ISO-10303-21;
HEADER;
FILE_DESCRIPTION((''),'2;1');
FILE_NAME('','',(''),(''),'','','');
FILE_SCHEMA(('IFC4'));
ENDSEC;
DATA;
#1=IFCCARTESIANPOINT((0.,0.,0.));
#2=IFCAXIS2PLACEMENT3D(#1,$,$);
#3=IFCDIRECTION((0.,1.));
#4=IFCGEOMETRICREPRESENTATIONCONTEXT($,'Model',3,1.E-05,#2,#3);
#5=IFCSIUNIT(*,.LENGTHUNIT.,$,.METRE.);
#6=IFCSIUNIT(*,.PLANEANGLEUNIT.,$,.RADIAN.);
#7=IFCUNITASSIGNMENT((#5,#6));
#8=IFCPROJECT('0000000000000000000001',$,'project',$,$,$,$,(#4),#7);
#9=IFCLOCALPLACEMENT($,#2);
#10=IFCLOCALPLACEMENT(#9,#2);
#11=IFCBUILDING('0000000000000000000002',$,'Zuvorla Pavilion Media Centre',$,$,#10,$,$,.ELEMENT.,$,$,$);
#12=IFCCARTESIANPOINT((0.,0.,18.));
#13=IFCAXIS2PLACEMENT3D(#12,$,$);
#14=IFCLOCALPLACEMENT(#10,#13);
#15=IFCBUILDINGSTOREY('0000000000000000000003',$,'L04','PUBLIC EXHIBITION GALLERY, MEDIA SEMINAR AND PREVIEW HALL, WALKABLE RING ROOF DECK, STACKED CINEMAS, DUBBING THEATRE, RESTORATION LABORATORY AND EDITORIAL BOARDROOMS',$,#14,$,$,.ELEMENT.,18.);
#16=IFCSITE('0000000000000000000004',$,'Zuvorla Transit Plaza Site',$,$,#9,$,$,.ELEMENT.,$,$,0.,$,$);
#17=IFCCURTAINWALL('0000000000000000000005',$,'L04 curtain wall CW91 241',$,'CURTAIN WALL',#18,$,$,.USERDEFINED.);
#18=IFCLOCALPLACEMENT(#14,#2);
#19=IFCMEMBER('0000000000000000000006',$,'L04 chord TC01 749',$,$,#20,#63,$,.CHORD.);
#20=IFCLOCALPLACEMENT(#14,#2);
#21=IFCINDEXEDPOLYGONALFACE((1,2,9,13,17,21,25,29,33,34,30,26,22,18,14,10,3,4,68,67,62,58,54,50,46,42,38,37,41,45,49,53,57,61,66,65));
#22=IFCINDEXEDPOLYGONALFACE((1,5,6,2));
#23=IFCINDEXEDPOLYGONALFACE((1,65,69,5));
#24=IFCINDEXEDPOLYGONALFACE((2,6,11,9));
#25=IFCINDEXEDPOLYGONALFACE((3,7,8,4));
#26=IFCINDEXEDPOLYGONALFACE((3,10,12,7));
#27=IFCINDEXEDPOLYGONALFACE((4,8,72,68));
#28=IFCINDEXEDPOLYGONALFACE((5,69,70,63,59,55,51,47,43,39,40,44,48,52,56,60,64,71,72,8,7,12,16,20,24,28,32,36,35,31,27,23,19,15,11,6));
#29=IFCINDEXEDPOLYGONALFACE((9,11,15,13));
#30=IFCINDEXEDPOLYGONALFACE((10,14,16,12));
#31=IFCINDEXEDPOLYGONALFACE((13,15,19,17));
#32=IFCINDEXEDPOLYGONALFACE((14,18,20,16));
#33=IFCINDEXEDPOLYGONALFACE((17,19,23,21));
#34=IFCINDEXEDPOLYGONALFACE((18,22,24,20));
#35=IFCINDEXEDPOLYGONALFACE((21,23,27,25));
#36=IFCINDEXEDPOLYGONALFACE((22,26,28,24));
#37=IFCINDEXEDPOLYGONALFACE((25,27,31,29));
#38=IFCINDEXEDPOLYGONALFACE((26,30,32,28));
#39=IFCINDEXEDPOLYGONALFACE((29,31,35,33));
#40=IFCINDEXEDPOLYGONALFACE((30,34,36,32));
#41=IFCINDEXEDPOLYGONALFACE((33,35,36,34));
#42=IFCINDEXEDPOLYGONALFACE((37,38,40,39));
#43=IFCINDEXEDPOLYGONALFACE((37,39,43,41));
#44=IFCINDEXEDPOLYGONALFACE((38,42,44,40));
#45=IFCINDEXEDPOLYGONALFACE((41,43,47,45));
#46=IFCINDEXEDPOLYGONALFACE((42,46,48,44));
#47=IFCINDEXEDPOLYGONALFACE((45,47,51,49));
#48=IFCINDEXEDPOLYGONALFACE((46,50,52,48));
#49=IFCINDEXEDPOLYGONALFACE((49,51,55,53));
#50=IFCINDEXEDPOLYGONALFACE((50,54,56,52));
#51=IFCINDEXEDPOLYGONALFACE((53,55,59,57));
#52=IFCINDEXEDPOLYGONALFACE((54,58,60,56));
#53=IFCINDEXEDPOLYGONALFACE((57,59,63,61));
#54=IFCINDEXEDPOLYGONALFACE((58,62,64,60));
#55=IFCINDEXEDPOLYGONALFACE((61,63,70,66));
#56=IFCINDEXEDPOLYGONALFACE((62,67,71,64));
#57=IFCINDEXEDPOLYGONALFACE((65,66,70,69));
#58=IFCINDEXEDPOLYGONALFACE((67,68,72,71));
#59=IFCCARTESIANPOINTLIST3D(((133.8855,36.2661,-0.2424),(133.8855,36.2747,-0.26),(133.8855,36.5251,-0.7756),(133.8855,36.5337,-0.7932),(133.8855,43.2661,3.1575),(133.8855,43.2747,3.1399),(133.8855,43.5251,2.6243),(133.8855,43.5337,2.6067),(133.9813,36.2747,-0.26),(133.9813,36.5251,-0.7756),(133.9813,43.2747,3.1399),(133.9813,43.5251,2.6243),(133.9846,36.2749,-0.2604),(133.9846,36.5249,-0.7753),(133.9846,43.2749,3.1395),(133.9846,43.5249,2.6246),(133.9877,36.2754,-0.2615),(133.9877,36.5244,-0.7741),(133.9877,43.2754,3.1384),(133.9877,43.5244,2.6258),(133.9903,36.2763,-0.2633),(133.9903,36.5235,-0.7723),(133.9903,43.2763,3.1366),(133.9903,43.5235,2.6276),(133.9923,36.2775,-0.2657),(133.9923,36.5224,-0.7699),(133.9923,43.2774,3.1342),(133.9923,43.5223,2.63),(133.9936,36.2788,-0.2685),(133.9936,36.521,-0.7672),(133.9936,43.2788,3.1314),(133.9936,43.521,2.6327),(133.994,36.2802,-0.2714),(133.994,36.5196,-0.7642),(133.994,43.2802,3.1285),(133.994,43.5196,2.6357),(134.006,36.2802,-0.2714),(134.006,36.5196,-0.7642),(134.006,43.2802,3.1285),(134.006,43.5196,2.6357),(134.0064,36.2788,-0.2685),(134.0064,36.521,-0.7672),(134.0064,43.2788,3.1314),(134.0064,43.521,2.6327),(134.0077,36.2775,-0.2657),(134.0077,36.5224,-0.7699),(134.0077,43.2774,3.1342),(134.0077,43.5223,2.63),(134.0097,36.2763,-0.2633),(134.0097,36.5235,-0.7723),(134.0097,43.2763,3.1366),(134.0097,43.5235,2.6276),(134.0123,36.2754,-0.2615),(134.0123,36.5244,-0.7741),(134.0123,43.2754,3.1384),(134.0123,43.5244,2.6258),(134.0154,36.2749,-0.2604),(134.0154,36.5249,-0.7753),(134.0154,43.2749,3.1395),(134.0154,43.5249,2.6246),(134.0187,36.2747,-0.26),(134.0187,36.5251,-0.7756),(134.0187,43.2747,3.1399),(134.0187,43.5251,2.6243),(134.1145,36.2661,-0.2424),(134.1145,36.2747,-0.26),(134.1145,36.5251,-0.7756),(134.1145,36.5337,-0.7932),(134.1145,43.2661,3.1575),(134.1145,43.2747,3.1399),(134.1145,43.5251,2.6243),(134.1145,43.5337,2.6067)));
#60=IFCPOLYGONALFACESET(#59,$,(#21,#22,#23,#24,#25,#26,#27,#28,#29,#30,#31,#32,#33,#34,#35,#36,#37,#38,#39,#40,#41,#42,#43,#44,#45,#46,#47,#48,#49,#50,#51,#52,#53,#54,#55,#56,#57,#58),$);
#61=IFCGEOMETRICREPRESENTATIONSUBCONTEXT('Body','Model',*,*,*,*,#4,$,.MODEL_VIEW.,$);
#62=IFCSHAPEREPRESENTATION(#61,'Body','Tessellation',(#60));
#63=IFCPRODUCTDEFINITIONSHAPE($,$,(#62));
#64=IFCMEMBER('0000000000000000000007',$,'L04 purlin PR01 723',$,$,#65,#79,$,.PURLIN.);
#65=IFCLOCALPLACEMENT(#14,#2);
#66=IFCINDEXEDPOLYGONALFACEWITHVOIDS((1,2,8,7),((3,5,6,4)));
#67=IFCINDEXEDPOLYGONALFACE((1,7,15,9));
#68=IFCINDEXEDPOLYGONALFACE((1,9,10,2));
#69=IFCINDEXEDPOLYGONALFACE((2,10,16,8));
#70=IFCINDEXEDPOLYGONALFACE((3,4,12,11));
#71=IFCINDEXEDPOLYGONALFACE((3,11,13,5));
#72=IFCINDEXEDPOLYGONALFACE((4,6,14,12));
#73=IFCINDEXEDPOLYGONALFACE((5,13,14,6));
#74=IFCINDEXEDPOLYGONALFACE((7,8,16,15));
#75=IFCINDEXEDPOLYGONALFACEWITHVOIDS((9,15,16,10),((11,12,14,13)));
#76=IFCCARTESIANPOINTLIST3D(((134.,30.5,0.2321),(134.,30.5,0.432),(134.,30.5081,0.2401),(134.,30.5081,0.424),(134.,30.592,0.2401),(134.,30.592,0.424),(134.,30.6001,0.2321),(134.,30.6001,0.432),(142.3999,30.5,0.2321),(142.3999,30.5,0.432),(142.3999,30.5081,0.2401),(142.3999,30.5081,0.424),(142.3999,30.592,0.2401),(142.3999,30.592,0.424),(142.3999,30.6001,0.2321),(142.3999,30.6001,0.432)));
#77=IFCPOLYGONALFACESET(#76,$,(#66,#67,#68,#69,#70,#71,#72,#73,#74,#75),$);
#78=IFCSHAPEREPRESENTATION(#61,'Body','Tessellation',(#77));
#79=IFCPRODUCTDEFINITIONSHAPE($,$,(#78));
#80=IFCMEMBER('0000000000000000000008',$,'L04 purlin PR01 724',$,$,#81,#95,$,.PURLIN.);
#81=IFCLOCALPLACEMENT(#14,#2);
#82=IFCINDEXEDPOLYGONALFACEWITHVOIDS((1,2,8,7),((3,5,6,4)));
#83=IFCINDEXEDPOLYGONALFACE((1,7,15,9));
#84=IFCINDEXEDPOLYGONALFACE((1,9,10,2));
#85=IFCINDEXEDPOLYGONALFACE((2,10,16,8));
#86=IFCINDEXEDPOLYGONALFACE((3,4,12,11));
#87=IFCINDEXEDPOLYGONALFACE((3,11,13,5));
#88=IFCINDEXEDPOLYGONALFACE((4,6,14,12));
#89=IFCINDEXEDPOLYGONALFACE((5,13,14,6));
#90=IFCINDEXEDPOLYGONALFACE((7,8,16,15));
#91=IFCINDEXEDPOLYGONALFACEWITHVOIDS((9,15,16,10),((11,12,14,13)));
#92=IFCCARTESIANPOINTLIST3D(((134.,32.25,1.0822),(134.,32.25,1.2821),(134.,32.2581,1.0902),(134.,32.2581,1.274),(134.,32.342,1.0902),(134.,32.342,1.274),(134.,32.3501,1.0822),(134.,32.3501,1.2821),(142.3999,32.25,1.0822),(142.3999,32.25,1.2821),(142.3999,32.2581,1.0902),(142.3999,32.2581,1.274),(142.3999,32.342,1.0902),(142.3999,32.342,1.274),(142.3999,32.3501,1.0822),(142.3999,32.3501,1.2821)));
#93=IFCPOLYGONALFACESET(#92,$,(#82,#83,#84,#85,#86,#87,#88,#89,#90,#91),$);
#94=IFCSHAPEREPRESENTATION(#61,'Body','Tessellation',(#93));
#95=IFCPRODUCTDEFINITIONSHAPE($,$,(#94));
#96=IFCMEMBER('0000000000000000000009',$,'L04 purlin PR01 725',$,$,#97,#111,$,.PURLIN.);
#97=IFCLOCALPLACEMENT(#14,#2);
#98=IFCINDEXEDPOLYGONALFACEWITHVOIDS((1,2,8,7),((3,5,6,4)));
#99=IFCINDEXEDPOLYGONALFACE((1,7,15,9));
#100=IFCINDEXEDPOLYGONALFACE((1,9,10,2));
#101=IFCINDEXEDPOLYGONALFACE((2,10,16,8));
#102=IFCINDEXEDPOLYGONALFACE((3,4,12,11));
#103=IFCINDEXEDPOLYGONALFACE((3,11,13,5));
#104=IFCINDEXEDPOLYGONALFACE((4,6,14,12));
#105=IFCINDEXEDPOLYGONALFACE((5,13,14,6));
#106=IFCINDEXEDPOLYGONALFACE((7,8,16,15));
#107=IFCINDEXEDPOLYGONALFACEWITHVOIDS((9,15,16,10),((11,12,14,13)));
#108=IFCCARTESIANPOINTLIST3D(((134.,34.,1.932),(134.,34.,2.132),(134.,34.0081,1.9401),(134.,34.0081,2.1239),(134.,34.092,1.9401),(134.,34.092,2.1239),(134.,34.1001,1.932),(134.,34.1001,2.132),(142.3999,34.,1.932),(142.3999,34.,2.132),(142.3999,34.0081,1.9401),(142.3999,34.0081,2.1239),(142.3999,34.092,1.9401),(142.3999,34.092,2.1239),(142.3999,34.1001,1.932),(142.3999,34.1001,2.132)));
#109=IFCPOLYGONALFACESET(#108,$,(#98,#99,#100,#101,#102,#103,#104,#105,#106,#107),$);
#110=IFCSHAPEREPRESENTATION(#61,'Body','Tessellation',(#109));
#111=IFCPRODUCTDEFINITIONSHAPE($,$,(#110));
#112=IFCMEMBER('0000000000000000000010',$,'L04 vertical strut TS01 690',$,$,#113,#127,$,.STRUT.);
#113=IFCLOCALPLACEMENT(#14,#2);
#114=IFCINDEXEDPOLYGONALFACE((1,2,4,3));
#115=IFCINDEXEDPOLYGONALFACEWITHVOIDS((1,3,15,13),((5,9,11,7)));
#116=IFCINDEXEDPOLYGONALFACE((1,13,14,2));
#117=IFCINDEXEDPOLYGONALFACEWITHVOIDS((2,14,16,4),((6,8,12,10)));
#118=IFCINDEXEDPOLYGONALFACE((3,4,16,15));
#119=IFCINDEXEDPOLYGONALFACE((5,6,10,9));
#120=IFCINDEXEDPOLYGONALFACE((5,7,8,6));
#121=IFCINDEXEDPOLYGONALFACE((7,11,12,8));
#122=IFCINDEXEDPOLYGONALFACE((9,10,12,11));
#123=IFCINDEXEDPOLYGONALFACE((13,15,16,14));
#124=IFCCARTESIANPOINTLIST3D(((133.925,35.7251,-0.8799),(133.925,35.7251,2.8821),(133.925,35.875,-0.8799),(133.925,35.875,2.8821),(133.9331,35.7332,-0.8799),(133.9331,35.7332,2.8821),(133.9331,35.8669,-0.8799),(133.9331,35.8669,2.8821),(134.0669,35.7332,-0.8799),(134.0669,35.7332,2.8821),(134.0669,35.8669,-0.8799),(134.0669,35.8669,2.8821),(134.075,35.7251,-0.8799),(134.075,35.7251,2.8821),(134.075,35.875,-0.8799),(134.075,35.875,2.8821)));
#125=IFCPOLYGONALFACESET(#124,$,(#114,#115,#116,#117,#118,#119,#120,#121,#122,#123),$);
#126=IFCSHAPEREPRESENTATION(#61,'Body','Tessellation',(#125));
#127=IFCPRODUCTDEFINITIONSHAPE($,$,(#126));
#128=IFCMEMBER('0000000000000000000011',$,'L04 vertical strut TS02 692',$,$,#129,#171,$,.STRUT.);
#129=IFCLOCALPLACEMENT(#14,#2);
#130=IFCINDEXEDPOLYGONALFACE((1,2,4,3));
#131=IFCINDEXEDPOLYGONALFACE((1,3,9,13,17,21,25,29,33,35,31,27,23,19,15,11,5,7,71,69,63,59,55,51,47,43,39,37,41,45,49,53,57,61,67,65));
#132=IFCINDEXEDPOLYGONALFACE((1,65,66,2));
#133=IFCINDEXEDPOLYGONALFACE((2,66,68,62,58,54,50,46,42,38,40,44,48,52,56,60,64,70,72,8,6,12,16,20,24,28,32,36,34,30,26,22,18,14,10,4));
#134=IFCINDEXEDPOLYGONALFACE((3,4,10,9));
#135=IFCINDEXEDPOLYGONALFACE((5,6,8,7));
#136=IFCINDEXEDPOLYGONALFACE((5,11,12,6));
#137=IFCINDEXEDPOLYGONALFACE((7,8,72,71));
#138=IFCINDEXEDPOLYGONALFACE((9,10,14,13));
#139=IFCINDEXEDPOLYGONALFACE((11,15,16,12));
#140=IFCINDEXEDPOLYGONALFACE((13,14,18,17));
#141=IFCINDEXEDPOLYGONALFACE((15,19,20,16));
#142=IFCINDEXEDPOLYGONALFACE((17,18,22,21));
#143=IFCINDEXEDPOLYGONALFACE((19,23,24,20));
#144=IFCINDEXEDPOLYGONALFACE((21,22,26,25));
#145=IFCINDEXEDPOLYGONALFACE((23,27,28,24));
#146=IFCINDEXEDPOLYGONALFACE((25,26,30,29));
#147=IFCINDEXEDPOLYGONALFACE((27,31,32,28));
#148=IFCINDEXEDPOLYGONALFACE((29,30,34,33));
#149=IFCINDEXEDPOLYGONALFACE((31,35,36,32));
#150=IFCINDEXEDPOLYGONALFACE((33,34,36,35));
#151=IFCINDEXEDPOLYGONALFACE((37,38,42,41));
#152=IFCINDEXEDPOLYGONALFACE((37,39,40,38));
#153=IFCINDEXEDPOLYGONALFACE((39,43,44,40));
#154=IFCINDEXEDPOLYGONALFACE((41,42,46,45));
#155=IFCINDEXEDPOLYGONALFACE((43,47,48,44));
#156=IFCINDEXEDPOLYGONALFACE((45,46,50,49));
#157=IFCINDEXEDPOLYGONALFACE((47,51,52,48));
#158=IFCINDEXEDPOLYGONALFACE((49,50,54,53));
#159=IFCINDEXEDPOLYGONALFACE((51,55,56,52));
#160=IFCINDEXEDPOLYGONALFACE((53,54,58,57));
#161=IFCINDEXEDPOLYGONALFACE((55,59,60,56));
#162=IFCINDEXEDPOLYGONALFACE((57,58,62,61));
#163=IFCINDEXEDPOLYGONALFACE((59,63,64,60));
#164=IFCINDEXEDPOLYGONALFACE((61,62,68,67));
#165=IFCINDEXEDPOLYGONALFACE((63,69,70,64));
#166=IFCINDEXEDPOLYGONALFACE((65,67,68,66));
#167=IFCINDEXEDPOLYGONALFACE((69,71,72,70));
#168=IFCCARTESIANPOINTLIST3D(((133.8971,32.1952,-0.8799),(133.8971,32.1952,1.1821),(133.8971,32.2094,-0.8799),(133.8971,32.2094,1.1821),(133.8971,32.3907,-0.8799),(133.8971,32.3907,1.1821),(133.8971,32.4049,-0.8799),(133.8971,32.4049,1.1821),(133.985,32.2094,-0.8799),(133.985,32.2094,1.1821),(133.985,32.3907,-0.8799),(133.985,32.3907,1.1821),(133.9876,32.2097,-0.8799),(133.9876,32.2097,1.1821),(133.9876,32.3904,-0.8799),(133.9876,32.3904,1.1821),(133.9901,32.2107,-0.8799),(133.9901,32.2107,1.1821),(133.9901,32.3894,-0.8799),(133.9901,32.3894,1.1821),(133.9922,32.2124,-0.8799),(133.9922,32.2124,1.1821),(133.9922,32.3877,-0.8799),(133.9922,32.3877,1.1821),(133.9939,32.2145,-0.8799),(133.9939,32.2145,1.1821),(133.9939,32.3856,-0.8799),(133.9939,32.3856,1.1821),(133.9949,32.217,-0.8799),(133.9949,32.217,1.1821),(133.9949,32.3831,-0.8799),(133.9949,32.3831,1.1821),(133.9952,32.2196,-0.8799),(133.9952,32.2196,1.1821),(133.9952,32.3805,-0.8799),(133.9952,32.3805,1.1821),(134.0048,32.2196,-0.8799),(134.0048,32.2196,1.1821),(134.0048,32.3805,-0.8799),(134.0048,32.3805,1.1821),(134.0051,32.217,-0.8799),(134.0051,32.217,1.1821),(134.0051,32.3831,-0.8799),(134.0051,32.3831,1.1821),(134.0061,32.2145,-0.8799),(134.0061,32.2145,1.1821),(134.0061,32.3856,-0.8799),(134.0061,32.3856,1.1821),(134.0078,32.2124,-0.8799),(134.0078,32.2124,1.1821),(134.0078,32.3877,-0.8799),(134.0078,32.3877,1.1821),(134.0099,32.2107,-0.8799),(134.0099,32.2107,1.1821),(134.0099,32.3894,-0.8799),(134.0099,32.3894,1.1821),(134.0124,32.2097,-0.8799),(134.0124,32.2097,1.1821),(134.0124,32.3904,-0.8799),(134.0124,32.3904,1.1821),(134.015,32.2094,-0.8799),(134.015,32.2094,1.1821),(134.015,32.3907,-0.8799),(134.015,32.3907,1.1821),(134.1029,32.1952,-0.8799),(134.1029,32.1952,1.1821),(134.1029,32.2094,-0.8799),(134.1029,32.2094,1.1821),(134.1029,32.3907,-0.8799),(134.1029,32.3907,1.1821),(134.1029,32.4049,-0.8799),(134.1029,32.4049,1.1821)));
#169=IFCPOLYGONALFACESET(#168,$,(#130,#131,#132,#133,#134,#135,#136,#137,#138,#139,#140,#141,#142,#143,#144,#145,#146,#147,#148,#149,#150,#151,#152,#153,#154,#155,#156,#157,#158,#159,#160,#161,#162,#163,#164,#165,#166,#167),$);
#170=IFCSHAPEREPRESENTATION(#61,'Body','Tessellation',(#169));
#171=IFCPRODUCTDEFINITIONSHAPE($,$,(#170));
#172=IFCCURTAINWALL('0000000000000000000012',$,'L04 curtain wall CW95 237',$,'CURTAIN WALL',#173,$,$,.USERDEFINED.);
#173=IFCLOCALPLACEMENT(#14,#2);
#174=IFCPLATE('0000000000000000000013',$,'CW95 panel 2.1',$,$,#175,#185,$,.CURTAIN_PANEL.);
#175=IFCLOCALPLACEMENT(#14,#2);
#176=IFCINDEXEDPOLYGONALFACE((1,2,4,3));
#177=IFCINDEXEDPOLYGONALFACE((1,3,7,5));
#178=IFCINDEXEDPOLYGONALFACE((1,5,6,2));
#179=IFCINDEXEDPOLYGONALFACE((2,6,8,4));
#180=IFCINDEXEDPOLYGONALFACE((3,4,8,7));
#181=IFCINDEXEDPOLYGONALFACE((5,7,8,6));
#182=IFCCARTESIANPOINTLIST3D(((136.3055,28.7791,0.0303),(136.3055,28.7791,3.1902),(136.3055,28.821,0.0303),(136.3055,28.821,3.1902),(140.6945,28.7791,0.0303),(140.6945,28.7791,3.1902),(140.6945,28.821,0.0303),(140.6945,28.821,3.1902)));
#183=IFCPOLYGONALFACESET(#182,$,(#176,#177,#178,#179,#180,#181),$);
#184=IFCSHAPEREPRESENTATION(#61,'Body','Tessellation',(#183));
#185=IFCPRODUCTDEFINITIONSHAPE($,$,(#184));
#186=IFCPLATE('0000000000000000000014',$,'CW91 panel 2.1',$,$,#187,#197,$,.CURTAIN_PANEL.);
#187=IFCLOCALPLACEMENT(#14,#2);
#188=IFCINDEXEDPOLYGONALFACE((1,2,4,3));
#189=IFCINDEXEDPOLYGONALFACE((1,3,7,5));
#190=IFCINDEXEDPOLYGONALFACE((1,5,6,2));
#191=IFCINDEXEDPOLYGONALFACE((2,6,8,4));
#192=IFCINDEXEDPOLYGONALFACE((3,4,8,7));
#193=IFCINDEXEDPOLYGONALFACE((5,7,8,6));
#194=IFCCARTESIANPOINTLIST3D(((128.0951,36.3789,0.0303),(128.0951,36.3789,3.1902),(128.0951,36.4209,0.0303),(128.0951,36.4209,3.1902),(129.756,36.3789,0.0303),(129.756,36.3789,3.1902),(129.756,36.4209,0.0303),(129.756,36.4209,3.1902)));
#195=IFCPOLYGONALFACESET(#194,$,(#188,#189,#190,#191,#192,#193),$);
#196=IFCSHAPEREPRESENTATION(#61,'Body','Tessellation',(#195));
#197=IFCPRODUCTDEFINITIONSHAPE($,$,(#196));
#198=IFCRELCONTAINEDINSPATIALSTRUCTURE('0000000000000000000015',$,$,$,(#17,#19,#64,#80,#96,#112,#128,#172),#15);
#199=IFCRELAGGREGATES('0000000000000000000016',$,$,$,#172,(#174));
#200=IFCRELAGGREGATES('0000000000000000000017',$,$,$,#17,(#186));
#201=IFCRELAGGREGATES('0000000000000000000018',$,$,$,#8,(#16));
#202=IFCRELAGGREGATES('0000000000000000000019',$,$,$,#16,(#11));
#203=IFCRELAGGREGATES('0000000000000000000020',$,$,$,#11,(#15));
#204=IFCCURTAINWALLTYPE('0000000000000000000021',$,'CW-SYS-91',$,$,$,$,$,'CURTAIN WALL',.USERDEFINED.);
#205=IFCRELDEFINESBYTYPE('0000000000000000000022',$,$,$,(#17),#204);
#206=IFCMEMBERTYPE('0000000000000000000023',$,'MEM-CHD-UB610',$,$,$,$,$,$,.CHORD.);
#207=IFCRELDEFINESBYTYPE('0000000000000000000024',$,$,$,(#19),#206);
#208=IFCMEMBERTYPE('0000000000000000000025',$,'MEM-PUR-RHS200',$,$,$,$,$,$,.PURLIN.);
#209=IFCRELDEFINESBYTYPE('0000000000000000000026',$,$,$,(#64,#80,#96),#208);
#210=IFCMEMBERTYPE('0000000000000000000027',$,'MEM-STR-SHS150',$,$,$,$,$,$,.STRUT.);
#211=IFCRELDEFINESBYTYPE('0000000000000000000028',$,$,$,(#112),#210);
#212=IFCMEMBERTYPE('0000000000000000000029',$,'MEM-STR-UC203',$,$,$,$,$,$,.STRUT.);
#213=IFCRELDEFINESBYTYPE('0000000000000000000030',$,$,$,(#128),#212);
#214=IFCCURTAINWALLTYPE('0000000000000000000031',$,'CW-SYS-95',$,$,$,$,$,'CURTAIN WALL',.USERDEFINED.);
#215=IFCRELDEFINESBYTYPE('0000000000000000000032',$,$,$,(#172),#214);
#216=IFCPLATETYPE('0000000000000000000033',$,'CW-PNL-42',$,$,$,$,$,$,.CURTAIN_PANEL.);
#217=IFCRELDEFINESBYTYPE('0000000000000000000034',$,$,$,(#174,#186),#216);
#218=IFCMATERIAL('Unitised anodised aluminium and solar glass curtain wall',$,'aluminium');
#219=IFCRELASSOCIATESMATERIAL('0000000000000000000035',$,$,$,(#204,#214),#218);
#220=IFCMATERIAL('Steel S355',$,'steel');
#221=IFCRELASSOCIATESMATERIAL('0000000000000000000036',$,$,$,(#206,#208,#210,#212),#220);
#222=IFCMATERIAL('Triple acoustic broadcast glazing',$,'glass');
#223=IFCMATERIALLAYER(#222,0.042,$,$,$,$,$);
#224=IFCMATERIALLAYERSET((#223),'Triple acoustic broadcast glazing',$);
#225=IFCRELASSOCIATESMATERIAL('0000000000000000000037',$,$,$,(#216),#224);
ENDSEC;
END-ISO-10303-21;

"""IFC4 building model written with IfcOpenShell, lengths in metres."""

from ifc_helpers import new_model, si_unit, direction, frame, origin, origin_2d, place, context, subcontext, project, spatial, rectangle, hollow_rectangle, i_section, extrude, material, layer, layer_set, material_profile, profile_set, type_object, element, aggregate, save


model = new_model("IFC4")

# Units and contexts
model_context = context("Model", 3, precision=1e-05, world=origin(), true_north=direction((0.0, 1.0)))
body_context = subcontext(model_context, "Body", "Model", "MODEL_VIEW")
ifc_project = project(units=[si_unit("LENGTHUNIT", "METRE"), si_unit("PLANEANGLEUNIT", "RADIAN")], contexts=[model_context])

# Site, building, storey
site_placement = place(None, origin())
site = spatial("IfcSite", under=ifc_project, at=site_placement, Name="Zuvorla Transit Plaza Site", CompositionType="ELEMENT", RefElevation=0.0)
building_placement = place(site_placement, origin())
building = spatial("IfcBuilding", under=site, at=building_placement, Name="Zuvorla Pavilion Media Centre", CompositionType="ELEMENT")
storey_placement = place(building_placement, frame((0.0, 0.0, 18.0)))
storey = spatial("IfcBuildingStorey", under=building, at=storey_placement, Name="L04", Description="PUBLIC EXHIBITION GALLERY, MEDIA SEMINAR AND PREVIEW HALL, WALKABLE RING ROOF DECK, STACKED CINEMAS, DUBBING THEATRE, RESTORATION LABORATORY AND EDITORIAL BOARDROOMS", CompositionType="ELEMENT", Elevation=18.0)

# Curtain wall
ifc_material_1 = material(Name="Unitised anodised aluminium and solar glass curtain wall", Category="aluminium")
curtain_wall_type_1 = type_object("IfcCurtainWallType", Name="CW-SYS-91", ElementType="CURTAIN WALL", PredefinedType="USERDEFINED", material=ifc_material_1)
curtain_wall_1_placement = place(storey_placement, origin())
curtain_wall_1 = element("IfcCurtainWall", 1, at=curtain_wall_1_placement, inside=storey, type_object=curtain_wall_type_1, Name="L04 curtain wall CW91 241", ObjectType="CURTAIN WALL", PredefinedType="USERDEFINED")

# Members
ifc_material_2 = material(Name="Steel S355", Category="steel")
ifc_material_profile_1 = material_profile(ifc_material_2, i_section(OverallWidth=0.229, OverallDepth=0.6123, WebThickness=0.012, FlangeThickness=0.0195, FilletRadius=0.0127, at=origin_2d()), Name="UB 610x229x125")
ifc_profile_set_1 = profile_set([ifc_material_profile_1], Name="Steel S355")
member_type_1 = type_object("IfcMemberType", Name="MEM-CHD-UB610", PredefinedType="CHORD", material=ifc_profile_set_1)
member_1_placement = place(storey_placement, frame((134.0, 36.3999, -0.5178), z_axis=(0.0, 0.899513, 0.436894), x_axis=(-1.0, 0.0, 0.0)))
element("IfcMember", 2, at=member_1_placement, inside=storey, type_object=member_type_1, Name="L04 chord TC01 749", PredefinedType="CHORD", context=body_context, shape_type="SweptSolid", body=[
    extrude(i_section(OverallWidth=0.229, OverallDepth=0.6123, WebThickness=0.012, FlangeThickness=0.0195, FilletRadius=0.0127, at=origin_2d()), origin(), (0.0, 0.0, 1.0), 7.782),
])
ifc_material_profile_2 = material_profile(ifc_material_2, hollow_rectangle(XDim=0.1001, YDim=0.2, WallThickness=0.0081, at=origin_2d()), Name="RHS 200x100x8")
ifc_profile_set_2 = profile_set([ifc_material_profile_2], Name="Steel S355")
member_type_2 = type_object("IfcMemberType", Name="MEM-PUR-RHS200", PredefinedType="PURLIN", material=ifc_profile_set_2)
for number, where, z_axis, x_axis, name in (
    (3, (134.0, 30.55, 0.332), (1.0, 0.0, 0.0), (0.0, 1.0, 0.0), "L04 purlin PR01 723"),
    (4, (134.0, 32.3, 1.1821), (1.0, 0.0, 0.0), (0.0, 1.0, 0.0), "L04 purlin PR01 724"),
    (5, (134.0, 34.05, 2.032), (1.0, 0.0, 0.0), (0.0, 1.0, 0.0), "L04 purlin PR01 725"),
):
    element("IfcMember", number, at=place(storey_placement, frame(where, z_axis=z_axis, x_axis=x_axis)), inside=storey, type_object=member_type_2, Name=name, PredefinedType="PURLIN", context=body_context, shape_type="SweptSolid", body=[
        extrude(hollow_rectangle(XDim=0.1001, YDim=0.2, WallThickness=0.0081, at=origin_2d()), origin(), (0.0, 0.0, 1.0), 8.3999),
    ])
ifc_material_profile_3 = material_profile(ifc_material_2, hollow_rectangle(XDim=0.1499, YDim=0.1499, WallThickness=0.0081, at=origin_2d()), Name="SHS 150x150x8")
ifc_profile_set_3 = profile_set([ifc_material_profile_3], Name="Steel S355")
member_type_3 = type_object("IfcMemberType", Name="MEM-STR-SHS150", PredefinedType="STRUT", material=ifc_profile_set_3)
member_2_placement = place(storey_placement, frame((134.0, 35.8, -0.8799), z_axis=(0.0, 0.0, 1.0), x_axis=(1.0, 0.0, 0.0)))
element("IfcMember", 6, at=member_2_placement, inside=storey, type_object=member_type_3, Name="L04 vertical strut TS01 690", PredefinedType="STRUT", context=body_context, shape_type="SweptSolid", body=[
    extrude(hollow_rectangle(XDim=0.1499, YDim=0.1499, WallThickness=0.0081, at=origin_2d()), origin(), (0.0, 0.0, 1.0), 3.762),
])
ifc_material_profile_4 = material_profile(ifc_material_2, i_section(OverallWidth=0.2058, OverallDepth=0.2097, WebThickness=0.0095, FlangeThickness=0.0142, FilletRadius=0.0103, at=origin_2d()), Name="UC 203x203x60")
ifc_profile_set_4 = profile_set([ifc_material_profile_4], Name="Steel S355")
member_type_4 = type_object("IfcMemberType", Name="MEM-STR-UC203", PredefinedType="STRUT", material=ifc_profile_set_4)
member_3_placement = place(storey_placement, frame((134.0, 32.3, -0.8799), z_axis=(0.0, 0.0, 1.0), x_axis=(1.0, 0.0, 0.0)))
element("IfcMember", 7, at=member_3_placement, inside=storey, type_object=member_type_4, Name="L04 vertical strut TS02 692", PredefinedType="STRUT", context=body_context, shape_type="SweptSolid", body=[
    extrude(i_section(OverallWidth=0.2058, OverallDepth=0.2097, WebThickness=0.0095, FlangeThickness=0.0142, FilletRadius=0.0103, at=origin_2d()), origin(), (0.0, 0.0, 1.0), 2.062),
])

# Curtain wall, plate
curtain_wall_type_2 = type_object("IfcCurtainWallType", Name="CW-SYS-95", ElementType="CURTAIN WALL", PredefinedType="USERDEFINED", material=ifc_material_1)
curtain_wall_2_placement = place(storey_placement, origin())
curtain_wall_2 = element("IfcCurtainWall", 8, at=curtain_wall_2_placement, inside=storey, type_object=curtain_wall_type_2, Name="L04 curtain wall CW95 237", ObjectType="CURTAIN WALL", PredefinedType="USERDEFINED")
ifc_material_3 = material(Name="Triple acoustic broadcast glazing", Category="glass")
ifc_layer_1 = layer(ifc_material_3, 0.042)
ifc_layer_set_1 = layer_set([ifc_layer_1], Name="Triple acoustic broadcast glazing")
plate_type_1 = type_object("IfcPlateType", Name="CW-PNL-42", PredefinedType="CURTAIN_PANEL", material=ifc_layer_set_1)
plate_1_placement = place(storey_placement, frame((138.5, 28.8, 0.0303), z_axis=(0.0, 0.0, 1.0), x_axis=(1.0, 0.0, 0.0)))
plate_1 = element("IfcPlate", 9, at=plate_1_placement, type_object=plate_type_1, Name="CW95 panel 2.1", PredefinedType="CURTAIN_PANEL", context=body_context, shape_type="SweptSolid", body=[
    extrude(rectangle(XDim=4.3889, YDim=0.042, at=origin_2d()), origin(), (0.0, 0.0, 1.0), 3.1599),
])
aggregate(curtain_wall_2, [plate_1])

# Plate
plate_2_placement = place(storey_placement, frame((128.9255, 36.3999, 0.0303), z_axis=(0.0, 0.0, 1.0), x_axis=(1.0, 0.0, 0.0)))
plate_2 = element("IfcPlate", 10, at=plate_2_placement, type_object=plate_type_1, Name="CW91 panel 2.1", PredefinedType="CURTAIN_PANEL", context=body_context, shape_type="SweptSolid", body=[
    extrude(rectangle(XDim=1.6609, YDim=0.042, at=origin_2d()), origin(), (0.0, 0.0, 1.0), 3.1599),
])
aggregate(curtain_wall_1, [plate_2])

save(model, "model.ifc")
